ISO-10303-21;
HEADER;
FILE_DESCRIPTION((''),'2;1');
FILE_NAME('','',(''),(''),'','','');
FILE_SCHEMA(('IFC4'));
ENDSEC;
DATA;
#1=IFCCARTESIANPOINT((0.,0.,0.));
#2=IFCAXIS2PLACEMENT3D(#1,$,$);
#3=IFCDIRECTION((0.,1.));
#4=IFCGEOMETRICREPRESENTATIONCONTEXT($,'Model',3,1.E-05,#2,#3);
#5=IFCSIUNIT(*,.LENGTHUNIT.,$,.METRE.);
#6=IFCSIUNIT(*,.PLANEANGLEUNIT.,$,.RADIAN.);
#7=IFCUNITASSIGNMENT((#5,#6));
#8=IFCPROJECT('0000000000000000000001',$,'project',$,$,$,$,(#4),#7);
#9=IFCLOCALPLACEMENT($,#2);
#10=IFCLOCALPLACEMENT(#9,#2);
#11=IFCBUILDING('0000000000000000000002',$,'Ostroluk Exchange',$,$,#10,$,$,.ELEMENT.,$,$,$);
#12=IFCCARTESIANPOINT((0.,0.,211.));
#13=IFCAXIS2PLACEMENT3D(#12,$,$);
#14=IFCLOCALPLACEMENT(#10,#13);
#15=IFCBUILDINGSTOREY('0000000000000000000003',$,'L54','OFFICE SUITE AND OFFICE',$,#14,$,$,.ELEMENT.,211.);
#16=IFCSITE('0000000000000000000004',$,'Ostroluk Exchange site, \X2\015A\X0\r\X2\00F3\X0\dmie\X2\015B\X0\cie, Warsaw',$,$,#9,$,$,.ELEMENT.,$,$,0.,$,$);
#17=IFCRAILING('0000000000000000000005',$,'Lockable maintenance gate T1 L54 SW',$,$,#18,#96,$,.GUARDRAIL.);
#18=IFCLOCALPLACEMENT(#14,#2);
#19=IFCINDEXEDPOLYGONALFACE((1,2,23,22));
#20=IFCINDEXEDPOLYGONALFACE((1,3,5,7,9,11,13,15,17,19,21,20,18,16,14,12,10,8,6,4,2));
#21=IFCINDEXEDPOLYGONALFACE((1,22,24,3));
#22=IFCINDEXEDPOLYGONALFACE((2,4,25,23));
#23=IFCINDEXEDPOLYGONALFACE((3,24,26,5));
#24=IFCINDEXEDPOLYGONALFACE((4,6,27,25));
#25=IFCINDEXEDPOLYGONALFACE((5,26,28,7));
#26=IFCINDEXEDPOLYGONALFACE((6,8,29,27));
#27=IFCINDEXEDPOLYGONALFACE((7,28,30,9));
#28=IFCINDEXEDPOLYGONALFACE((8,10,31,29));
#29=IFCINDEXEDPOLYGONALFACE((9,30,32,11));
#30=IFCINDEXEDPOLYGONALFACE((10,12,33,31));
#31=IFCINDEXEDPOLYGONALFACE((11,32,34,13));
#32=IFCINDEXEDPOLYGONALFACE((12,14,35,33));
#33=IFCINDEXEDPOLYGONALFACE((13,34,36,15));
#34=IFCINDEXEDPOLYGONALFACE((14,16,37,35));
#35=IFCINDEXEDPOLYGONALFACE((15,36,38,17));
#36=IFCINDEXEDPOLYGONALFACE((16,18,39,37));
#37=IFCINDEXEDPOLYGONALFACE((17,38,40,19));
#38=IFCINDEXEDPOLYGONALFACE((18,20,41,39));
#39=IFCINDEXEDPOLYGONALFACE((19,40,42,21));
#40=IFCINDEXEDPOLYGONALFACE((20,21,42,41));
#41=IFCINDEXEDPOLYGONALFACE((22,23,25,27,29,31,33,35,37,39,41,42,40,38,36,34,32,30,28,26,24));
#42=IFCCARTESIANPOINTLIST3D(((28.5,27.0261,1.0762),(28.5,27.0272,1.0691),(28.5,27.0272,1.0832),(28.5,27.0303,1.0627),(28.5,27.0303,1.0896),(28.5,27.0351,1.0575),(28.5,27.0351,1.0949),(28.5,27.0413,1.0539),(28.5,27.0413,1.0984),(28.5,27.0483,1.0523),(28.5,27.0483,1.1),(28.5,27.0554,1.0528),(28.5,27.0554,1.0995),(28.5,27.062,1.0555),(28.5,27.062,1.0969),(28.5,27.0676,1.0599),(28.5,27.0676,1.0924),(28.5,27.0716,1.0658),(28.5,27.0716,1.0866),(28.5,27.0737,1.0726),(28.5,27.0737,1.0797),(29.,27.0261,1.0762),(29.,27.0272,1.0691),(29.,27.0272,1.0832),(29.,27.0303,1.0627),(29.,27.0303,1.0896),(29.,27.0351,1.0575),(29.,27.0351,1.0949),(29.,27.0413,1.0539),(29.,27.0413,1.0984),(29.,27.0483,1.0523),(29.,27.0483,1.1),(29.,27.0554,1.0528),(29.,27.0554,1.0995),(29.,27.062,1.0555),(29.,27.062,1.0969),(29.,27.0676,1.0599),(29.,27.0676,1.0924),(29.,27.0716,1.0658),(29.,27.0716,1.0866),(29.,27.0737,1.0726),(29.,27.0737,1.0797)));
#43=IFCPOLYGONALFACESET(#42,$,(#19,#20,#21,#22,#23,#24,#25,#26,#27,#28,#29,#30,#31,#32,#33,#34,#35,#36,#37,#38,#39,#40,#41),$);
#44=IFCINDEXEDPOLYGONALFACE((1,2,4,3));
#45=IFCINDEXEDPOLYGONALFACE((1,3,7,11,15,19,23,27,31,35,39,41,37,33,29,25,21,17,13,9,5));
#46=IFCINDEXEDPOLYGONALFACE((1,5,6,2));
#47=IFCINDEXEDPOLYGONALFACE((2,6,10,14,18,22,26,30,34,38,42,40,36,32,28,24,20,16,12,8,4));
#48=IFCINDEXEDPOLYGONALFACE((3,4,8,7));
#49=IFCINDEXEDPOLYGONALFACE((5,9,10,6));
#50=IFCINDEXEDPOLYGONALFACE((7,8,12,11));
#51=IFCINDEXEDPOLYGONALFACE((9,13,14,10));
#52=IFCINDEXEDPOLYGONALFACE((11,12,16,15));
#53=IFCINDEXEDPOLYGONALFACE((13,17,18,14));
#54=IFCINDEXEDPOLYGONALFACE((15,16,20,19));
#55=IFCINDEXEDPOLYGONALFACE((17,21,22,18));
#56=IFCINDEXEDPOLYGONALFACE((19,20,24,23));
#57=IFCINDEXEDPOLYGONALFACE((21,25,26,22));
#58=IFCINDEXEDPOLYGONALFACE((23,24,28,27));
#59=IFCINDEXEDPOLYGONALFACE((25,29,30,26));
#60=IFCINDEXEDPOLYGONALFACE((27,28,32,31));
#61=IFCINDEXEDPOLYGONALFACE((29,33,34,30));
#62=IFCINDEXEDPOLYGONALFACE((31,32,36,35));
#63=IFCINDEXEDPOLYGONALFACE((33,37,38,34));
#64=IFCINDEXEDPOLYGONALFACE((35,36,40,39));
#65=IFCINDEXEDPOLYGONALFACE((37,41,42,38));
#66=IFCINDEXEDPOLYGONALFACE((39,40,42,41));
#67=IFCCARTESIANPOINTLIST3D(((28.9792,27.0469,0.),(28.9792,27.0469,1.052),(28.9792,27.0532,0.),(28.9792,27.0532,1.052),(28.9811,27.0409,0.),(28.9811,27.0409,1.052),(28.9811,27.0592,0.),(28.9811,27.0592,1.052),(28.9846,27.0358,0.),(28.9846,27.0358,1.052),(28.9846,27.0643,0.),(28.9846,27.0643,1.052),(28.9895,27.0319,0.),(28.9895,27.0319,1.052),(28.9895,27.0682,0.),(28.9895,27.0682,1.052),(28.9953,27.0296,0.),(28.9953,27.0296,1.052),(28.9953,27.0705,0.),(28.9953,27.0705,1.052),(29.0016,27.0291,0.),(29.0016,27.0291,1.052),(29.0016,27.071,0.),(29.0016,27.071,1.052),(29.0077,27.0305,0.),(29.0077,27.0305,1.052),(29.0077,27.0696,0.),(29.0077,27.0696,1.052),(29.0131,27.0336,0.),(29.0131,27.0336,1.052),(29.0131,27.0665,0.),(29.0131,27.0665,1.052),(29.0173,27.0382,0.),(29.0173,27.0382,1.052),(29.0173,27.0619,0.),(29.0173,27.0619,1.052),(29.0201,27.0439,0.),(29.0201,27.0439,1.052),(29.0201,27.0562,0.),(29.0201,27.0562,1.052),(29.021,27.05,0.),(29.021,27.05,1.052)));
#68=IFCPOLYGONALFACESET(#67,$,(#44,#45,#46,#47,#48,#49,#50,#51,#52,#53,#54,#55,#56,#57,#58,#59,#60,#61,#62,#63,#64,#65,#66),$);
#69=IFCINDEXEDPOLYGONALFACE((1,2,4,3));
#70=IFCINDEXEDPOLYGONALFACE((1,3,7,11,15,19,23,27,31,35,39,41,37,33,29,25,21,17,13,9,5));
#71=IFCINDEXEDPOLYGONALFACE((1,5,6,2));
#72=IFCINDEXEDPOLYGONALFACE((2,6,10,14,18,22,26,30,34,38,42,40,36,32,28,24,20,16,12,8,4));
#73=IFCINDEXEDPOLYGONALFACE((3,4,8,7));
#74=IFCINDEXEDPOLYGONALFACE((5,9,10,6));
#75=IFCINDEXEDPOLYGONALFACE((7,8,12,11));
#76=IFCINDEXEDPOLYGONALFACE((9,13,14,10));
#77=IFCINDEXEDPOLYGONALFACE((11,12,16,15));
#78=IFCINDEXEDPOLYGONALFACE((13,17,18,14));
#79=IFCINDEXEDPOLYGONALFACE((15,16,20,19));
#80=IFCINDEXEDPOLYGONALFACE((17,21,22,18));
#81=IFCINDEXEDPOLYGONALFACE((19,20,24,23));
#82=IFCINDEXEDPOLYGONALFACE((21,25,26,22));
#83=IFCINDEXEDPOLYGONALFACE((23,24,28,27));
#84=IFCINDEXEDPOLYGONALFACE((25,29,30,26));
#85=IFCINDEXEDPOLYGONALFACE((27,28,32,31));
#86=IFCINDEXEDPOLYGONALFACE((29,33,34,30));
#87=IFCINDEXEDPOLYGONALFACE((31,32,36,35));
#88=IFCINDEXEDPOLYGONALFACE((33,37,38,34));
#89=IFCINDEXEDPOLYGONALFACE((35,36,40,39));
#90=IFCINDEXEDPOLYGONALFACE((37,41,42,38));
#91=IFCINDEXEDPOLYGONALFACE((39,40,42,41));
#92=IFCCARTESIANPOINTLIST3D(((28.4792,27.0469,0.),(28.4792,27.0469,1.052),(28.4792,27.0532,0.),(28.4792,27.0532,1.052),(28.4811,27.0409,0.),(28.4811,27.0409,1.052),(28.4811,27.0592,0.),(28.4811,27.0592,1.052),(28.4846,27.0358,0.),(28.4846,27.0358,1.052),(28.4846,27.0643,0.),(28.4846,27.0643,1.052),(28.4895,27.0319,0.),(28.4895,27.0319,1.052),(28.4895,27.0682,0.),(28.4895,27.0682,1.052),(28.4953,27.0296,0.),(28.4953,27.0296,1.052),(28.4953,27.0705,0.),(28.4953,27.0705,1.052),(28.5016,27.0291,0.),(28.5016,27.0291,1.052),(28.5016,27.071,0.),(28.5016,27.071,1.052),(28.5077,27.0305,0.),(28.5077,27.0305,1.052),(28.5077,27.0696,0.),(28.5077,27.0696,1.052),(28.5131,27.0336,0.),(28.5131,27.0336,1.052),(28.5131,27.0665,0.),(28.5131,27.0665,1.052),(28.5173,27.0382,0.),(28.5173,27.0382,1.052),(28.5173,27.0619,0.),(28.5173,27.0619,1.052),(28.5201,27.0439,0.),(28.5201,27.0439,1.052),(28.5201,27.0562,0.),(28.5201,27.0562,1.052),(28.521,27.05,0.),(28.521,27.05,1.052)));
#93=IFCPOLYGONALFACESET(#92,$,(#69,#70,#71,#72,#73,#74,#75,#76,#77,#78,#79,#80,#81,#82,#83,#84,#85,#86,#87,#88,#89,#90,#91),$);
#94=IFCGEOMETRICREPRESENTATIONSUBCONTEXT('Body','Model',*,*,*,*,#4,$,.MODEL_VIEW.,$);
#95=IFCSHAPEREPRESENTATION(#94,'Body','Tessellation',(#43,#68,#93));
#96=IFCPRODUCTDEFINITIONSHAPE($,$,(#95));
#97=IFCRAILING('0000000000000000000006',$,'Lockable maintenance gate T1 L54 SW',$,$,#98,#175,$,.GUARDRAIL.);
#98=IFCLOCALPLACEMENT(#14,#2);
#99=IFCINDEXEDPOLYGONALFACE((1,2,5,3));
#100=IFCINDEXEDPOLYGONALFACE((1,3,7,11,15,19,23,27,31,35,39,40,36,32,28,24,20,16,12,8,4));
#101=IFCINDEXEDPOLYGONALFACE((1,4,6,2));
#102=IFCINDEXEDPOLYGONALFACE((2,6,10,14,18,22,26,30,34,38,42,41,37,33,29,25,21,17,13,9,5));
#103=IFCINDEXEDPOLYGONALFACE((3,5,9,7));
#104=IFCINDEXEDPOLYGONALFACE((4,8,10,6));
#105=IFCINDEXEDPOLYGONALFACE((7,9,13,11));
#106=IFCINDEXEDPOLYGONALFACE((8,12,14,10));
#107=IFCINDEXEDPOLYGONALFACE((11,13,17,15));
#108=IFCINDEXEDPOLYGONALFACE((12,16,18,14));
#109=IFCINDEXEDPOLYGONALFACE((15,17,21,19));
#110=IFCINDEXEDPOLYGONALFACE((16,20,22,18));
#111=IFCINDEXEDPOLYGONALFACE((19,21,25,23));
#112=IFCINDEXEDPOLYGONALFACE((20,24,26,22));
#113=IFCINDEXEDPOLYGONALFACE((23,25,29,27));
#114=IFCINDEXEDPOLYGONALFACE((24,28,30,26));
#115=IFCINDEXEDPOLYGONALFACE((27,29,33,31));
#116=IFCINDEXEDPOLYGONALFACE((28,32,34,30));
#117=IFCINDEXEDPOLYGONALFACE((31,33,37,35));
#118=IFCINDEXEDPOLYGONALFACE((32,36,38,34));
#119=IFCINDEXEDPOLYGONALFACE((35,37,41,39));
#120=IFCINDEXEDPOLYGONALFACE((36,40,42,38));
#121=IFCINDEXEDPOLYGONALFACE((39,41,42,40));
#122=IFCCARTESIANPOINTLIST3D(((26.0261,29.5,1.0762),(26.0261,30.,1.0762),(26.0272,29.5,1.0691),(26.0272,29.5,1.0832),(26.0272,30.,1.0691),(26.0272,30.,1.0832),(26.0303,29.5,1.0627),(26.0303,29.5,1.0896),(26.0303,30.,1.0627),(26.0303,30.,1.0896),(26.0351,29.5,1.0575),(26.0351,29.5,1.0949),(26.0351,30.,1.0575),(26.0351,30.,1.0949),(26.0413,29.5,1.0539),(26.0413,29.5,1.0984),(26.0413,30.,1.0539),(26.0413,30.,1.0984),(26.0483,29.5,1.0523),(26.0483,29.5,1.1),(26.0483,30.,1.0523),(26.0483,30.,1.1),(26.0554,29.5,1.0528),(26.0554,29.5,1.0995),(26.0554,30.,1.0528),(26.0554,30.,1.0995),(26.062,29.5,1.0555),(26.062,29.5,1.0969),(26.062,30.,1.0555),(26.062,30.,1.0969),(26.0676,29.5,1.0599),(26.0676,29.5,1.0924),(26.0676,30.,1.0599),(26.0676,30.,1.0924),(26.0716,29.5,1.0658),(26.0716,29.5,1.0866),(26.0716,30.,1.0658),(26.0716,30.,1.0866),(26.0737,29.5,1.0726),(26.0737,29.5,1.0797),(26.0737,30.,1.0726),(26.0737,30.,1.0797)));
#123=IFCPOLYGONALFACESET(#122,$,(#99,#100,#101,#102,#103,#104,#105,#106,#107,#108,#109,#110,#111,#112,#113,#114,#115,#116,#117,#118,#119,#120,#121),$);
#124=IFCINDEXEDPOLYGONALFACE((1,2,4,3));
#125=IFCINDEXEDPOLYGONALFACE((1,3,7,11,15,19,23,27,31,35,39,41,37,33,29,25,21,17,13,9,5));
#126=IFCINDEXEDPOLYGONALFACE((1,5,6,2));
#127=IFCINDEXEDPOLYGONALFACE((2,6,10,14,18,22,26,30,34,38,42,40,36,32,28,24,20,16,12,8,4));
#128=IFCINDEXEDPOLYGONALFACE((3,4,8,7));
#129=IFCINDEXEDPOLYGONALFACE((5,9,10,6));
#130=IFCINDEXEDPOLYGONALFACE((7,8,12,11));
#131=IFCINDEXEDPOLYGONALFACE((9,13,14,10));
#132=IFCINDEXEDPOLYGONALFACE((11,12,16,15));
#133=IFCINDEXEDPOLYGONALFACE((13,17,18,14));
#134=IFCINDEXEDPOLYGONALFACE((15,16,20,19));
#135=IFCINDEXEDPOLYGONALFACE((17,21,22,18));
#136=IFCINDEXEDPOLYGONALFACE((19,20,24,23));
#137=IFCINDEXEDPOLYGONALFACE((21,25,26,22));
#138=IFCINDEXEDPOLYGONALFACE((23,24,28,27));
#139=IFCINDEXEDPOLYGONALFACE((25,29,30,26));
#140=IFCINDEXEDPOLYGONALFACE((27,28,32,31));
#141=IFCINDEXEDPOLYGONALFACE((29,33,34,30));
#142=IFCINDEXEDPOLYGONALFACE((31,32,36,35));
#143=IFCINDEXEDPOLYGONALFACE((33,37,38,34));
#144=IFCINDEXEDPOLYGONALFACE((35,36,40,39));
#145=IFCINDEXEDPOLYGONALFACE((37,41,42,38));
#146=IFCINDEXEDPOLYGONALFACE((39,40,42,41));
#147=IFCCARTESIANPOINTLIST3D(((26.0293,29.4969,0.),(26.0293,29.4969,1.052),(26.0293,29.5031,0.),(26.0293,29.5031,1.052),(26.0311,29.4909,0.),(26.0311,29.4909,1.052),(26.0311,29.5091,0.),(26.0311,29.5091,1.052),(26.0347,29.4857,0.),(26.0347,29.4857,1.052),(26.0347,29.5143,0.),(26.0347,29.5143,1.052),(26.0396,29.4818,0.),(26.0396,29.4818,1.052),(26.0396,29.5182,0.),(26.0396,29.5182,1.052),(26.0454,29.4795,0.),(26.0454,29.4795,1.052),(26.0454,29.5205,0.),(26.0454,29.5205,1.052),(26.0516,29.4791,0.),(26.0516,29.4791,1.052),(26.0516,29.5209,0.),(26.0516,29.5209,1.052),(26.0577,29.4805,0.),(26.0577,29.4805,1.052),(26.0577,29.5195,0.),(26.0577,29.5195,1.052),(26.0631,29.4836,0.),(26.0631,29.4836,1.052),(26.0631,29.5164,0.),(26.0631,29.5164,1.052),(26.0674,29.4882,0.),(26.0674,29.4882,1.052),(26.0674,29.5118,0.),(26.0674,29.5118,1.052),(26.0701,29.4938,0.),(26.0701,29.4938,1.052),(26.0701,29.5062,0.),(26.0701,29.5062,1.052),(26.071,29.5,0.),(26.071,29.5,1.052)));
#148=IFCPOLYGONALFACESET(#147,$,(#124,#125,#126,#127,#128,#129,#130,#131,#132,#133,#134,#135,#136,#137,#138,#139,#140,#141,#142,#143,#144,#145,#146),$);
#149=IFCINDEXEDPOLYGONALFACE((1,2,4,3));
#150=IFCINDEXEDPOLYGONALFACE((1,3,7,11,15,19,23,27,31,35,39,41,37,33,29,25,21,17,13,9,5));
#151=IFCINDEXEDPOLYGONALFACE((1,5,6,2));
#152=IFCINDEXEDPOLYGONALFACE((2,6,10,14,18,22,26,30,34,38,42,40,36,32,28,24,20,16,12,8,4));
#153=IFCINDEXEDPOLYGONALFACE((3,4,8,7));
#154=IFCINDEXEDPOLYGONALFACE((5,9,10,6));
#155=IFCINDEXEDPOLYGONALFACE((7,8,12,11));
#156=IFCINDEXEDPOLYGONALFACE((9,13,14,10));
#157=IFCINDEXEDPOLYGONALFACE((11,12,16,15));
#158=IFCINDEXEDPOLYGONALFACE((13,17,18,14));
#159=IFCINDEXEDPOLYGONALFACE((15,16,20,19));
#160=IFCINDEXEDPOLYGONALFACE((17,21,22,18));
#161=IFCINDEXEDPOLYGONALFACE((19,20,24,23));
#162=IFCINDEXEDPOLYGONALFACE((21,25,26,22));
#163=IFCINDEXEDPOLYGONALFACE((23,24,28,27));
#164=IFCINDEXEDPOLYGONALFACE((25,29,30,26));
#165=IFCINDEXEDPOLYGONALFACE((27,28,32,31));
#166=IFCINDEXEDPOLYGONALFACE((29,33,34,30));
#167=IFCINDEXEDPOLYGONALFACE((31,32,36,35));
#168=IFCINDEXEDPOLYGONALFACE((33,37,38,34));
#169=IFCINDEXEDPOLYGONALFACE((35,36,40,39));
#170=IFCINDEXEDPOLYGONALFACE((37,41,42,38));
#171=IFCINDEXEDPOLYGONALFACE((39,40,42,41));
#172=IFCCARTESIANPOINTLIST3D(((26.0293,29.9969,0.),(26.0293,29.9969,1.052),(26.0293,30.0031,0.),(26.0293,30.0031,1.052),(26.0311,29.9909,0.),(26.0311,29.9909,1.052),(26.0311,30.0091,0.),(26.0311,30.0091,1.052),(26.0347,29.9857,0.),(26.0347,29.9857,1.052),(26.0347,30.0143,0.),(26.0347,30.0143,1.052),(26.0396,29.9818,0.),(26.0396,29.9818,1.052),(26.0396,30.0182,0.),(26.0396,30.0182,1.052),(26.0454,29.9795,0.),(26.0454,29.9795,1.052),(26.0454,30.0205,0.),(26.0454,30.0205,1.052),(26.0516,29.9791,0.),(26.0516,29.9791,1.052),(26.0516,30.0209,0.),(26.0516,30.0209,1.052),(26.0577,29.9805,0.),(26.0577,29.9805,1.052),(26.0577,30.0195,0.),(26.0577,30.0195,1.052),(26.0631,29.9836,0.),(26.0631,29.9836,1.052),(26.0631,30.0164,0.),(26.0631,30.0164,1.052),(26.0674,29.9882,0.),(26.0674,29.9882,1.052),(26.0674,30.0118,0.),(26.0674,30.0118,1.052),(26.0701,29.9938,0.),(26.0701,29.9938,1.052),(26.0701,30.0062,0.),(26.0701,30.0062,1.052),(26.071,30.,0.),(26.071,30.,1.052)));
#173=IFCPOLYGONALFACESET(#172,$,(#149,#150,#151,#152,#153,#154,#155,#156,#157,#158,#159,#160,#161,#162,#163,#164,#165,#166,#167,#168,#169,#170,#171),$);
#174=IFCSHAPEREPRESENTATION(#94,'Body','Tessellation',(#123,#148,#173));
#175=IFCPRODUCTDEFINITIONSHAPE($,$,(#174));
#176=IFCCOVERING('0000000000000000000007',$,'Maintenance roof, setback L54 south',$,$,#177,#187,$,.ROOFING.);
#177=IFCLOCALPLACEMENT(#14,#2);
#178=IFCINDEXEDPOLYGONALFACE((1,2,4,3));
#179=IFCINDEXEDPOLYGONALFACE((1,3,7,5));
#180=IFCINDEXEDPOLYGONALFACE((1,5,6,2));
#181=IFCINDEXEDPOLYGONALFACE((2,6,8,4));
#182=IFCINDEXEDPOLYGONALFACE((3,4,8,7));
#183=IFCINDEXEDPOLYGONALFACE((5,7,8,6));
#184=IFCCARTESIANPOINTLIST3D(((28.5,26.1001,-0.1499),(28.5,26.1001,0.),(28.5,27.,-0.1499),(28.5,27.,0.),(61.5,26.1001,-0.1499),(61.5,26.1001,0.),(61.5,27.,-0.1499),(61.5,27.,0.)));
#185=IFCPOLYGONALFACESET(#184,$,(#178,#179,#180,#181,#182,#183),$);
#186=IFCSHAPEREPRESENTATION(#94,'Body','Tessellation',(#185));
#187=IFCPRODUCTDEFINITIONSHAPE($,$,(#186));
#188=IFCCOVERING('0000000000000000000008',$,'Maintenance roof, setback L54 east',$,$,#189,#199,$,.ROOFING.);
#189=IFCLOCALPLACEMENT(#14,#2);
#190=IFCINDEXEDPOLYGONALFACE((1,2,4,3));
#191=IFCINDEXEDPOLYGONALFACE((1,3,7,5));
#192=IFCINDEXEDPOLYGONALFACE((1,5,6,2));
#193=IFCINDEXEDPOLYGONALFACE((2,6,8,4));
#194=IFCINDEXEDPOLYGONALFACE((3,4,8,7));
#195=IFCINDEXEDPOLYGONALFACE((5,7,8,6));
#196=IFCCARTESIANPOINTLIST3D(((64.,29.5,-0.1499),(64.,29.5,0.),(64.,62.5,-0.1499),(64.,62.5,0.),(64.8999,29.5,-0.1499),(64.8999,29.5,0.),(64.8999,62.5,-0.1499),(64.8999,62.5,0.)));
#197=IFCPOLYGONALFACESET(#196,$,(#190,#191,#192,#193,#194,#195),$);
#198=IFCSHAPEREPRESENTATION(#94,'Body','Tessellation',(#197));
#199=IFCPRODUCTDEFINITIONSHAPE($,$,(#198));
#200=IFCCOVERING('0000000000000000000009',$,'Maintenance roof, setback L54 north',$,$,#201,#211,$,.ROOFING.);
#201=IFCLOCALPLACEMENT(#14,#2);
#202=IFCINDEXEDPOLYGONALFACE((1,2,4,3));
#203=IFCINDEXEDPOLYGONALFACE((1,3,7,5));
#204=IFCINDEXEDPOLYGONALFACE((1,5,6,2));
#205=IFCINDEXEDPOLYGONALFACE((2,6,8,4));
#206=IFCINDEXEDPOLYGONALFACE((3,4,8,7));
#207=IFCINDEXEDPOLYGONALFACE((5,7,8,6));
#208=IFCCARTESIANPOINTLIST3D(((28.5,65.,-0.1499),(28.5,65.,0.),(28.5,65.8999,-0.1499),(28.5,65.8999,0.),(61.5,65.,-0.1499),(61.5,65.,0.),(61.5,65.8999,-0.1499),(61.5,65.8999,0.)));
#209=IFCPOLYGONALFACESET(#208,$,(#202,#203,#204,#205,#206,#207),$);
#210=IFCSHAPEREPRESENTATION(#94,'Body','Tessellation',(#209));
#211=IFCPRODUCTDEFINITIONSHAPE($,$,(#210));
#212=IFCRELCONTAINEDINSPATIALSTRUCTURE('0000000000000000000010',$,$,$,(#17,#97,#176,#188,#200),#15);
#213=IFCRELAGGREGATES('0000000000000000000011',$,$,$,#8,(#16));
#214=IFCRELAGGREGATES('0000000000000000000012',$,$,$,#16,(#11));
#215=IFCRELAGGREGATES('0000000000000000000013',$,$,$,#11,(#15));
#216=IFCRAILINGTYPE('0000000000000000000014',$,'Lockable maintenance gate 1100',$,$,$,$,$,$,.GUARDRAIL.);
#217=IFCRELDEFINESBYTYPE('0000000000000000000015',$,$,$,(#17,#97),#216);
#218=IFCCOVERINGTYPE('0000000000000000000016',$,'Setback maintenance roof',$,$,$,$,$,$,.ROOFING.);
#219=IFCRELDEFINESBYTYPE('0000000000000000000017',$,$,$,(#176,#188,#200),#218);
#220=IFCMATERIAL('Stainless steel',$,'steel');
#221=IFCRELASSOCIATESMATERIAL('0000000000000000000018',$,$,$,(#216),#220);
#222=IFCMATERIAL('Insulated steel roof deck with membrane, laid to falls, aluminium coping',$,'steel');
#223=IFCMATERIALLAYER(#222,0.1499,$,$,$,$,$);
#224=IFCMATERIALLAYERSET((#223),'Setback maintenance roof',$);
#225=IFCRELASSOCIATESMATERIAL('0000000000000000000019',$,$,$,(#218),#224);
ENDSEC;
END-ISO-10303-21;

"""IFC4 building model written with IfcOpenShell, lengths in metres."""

from ifc_helpers import new_model, si_unit, direction, frame, origin, origin_2d, place, context, subcontext, project, spatial, polyline, circle, outline, extrude, material, layer, layer_set, type_object, element, save


model = new_model("IFC4")

# Units and contexts
model_context = context("Model", 3, precision=1e-05, world=origin(), true_north=direction((0.0, 1.0)))
body_context = subcontext(model_context, "Body", "Model", "MODEL_VIEW")
ifc_project = project(units=[si_unit("LENGTHUNIT", "METRE"), si_unit("PLANEANGLEUNIT", "RADIAN")], contexts=[model_context])

# Site, building, storey
site_placement = place(None, origin())
site = spatial("IfcSite", under=ifc_project, at=site_placement, Name="Ostroluk Exchange site, Śródmieście, Warsaw", CompositionType="ELEMENT", RefElevation=0.0)
building_placement = place(site_placement, origin())
building = spatial("IfcBuilding", under=site, at=building_placement, Name="Ostroluk Exchange", CompositionType="ELEMENT")
storey_placement = place(building_placement, frame((0.0, 0.0, 211.0)))
storey = spatial("IfcBuildingStorey", under=building, at=storey_placement, Name="L54", Description="OFFICE SUITE AND OFFICE", CompositionType="ELEMENT", Elevation=211.0)

# Railings
ifc_material_1 = material(Name="Stainless steel", Category="steel")
railing_type_1 = type_object("IfcRailingType", Name="Lockable maintenance gate 1100", PredefinedType="GUARDRAIL", material=ifc_material_1)
railing_1_placement = place(storey_placement, frame((29.0, 27.05, 0.0)))
element("IfcRailing", 1, at=railing_1_placement, inside=storey, type_object=railing_type_1, Name="Lockable maintenance gate T1 L54 SW", PredefinedType="GUARDRAIL", context=body_context, shape_type="SweptSolid", body=[
    extrude(circle(Radius=0.0239, at=origin_2d()), frame((0.0, 0.0, 1.0762), z_axis=(-1.0, 0.0, 0.0), x_axis=(0.0, -1.0, 0.0)), (0.0, 0.0, 1.0), 0.5),
    extrude(circle(Radius=0.021, at=origin_2d()), origin(), (0.0, 0.0, 1.0), 1.052),
    extrude(circle(Radius=0.021, at=origin_2d()), frame((-0.5, 0.0, 0.0)), (0.0, 0.0, 1.0), 1.052),
])
railing_2_placement = place(storey_placement, frame((26.05, 29.5, 0.0)))
element("IfcRailing", 2, at=railing_2_placement, inside=storey, type_object=railing_type_1, Name="Lockable maintenance gate T1 L54 SW", PredefinedType="GUARDRAIL", context=body_context, shape_type="SweptSolid", body=[
    extrude(circle(Radius=0.0239, at=origin_2d()), frame((0.0, 0.0, 1.0762), z_axis=(0.0, 1.0, 0.0), x_axis=(-1.0, 0.0, 0.0)), (0.0, 0.0, 1.0), 0.5),
    extrude(circle(Radius=0.021, at=origin_2d()), origin(), (0.0, 0.0, 1.0), 1.052),
    extrude(circle(Radius=0.021, at=origin_2d()), frame((0.0, 0.5, 0.0)), (0.0, 0.0, 1.0), 1.052),
])

# Coverings
ifc_material_2 = material(Name="Insulated steel roof deck with membrane, laid to falls, aluminium coping", Category="steel")
ifc_layer_1 = layer(ifc_material_2, 0.1499)
ifc_layer_set_1 = layer_set([ifc_layer_1], Name="Setback maintenance roof")
covering_type = type_object("IfcCoveringType", Name="Setback maintenance roof", PredefinedType="ROOFING", material=ifc_layer_set_1)
covering_1_placement = place(storey_placement, frame((0.0, 0.0, -0.1499)))
element("IfcCovering", 3, at=covering_1_placement, inside=storey, type_object=covering_type, Name="Maintenance roof, setback L54 south", PredefinedType="ROOFING", context=body_context, shape_type="SweptSolid", body=[
    extrude(outline(polyline([(28.5, 27.0), (61.5, 27.0), (61.5, 26.1001), (28.5, 26.1001), (28.5, 27.0)])), origin(), (0.0, 0.0, 1.0), 0.1499),
])
covering_2_placement = place(storey_placement, frame((0.0, 0.0, -0.1499)))
element("IfcCovering", 4, at=covering_2_placement, inside=storey, type_object=covering_type, Name="Maintenance roof, setback L54 east", PredefinedType="ROOFING", context=body_context, shape_type="SweptSolid", body=[
    extrude(outline(polyline([(64.0, 62.5), (64.8999, 62.5), (64.8999, 29.5), (64.0, 29.5), (64.0, 62.5)])), origin(), (0.0, 0.0, 1.0), 0.1499),
])
covering_3_placement = place(storey_placement, frame((0.0, 0.0, -0.1499)))
element("IfcCovering", 5, at=covering_3_placement, inside=storey, type_object=covering_type, Name="Maintenance roof, setback L54 north", PredefinedType="ROOFING", context=body_context, shape_type="SweptSolid", body=[
    extrude(outline(polyline([(28.5, 65.8999), (61.5, 65.8999), (61.5, 65.0), (28.5, 65.0), (28.5, 65.8999)])), origin(), (0.0, 0.0, 1.0), 0.1499),
])

save(model, "model.ifc")
